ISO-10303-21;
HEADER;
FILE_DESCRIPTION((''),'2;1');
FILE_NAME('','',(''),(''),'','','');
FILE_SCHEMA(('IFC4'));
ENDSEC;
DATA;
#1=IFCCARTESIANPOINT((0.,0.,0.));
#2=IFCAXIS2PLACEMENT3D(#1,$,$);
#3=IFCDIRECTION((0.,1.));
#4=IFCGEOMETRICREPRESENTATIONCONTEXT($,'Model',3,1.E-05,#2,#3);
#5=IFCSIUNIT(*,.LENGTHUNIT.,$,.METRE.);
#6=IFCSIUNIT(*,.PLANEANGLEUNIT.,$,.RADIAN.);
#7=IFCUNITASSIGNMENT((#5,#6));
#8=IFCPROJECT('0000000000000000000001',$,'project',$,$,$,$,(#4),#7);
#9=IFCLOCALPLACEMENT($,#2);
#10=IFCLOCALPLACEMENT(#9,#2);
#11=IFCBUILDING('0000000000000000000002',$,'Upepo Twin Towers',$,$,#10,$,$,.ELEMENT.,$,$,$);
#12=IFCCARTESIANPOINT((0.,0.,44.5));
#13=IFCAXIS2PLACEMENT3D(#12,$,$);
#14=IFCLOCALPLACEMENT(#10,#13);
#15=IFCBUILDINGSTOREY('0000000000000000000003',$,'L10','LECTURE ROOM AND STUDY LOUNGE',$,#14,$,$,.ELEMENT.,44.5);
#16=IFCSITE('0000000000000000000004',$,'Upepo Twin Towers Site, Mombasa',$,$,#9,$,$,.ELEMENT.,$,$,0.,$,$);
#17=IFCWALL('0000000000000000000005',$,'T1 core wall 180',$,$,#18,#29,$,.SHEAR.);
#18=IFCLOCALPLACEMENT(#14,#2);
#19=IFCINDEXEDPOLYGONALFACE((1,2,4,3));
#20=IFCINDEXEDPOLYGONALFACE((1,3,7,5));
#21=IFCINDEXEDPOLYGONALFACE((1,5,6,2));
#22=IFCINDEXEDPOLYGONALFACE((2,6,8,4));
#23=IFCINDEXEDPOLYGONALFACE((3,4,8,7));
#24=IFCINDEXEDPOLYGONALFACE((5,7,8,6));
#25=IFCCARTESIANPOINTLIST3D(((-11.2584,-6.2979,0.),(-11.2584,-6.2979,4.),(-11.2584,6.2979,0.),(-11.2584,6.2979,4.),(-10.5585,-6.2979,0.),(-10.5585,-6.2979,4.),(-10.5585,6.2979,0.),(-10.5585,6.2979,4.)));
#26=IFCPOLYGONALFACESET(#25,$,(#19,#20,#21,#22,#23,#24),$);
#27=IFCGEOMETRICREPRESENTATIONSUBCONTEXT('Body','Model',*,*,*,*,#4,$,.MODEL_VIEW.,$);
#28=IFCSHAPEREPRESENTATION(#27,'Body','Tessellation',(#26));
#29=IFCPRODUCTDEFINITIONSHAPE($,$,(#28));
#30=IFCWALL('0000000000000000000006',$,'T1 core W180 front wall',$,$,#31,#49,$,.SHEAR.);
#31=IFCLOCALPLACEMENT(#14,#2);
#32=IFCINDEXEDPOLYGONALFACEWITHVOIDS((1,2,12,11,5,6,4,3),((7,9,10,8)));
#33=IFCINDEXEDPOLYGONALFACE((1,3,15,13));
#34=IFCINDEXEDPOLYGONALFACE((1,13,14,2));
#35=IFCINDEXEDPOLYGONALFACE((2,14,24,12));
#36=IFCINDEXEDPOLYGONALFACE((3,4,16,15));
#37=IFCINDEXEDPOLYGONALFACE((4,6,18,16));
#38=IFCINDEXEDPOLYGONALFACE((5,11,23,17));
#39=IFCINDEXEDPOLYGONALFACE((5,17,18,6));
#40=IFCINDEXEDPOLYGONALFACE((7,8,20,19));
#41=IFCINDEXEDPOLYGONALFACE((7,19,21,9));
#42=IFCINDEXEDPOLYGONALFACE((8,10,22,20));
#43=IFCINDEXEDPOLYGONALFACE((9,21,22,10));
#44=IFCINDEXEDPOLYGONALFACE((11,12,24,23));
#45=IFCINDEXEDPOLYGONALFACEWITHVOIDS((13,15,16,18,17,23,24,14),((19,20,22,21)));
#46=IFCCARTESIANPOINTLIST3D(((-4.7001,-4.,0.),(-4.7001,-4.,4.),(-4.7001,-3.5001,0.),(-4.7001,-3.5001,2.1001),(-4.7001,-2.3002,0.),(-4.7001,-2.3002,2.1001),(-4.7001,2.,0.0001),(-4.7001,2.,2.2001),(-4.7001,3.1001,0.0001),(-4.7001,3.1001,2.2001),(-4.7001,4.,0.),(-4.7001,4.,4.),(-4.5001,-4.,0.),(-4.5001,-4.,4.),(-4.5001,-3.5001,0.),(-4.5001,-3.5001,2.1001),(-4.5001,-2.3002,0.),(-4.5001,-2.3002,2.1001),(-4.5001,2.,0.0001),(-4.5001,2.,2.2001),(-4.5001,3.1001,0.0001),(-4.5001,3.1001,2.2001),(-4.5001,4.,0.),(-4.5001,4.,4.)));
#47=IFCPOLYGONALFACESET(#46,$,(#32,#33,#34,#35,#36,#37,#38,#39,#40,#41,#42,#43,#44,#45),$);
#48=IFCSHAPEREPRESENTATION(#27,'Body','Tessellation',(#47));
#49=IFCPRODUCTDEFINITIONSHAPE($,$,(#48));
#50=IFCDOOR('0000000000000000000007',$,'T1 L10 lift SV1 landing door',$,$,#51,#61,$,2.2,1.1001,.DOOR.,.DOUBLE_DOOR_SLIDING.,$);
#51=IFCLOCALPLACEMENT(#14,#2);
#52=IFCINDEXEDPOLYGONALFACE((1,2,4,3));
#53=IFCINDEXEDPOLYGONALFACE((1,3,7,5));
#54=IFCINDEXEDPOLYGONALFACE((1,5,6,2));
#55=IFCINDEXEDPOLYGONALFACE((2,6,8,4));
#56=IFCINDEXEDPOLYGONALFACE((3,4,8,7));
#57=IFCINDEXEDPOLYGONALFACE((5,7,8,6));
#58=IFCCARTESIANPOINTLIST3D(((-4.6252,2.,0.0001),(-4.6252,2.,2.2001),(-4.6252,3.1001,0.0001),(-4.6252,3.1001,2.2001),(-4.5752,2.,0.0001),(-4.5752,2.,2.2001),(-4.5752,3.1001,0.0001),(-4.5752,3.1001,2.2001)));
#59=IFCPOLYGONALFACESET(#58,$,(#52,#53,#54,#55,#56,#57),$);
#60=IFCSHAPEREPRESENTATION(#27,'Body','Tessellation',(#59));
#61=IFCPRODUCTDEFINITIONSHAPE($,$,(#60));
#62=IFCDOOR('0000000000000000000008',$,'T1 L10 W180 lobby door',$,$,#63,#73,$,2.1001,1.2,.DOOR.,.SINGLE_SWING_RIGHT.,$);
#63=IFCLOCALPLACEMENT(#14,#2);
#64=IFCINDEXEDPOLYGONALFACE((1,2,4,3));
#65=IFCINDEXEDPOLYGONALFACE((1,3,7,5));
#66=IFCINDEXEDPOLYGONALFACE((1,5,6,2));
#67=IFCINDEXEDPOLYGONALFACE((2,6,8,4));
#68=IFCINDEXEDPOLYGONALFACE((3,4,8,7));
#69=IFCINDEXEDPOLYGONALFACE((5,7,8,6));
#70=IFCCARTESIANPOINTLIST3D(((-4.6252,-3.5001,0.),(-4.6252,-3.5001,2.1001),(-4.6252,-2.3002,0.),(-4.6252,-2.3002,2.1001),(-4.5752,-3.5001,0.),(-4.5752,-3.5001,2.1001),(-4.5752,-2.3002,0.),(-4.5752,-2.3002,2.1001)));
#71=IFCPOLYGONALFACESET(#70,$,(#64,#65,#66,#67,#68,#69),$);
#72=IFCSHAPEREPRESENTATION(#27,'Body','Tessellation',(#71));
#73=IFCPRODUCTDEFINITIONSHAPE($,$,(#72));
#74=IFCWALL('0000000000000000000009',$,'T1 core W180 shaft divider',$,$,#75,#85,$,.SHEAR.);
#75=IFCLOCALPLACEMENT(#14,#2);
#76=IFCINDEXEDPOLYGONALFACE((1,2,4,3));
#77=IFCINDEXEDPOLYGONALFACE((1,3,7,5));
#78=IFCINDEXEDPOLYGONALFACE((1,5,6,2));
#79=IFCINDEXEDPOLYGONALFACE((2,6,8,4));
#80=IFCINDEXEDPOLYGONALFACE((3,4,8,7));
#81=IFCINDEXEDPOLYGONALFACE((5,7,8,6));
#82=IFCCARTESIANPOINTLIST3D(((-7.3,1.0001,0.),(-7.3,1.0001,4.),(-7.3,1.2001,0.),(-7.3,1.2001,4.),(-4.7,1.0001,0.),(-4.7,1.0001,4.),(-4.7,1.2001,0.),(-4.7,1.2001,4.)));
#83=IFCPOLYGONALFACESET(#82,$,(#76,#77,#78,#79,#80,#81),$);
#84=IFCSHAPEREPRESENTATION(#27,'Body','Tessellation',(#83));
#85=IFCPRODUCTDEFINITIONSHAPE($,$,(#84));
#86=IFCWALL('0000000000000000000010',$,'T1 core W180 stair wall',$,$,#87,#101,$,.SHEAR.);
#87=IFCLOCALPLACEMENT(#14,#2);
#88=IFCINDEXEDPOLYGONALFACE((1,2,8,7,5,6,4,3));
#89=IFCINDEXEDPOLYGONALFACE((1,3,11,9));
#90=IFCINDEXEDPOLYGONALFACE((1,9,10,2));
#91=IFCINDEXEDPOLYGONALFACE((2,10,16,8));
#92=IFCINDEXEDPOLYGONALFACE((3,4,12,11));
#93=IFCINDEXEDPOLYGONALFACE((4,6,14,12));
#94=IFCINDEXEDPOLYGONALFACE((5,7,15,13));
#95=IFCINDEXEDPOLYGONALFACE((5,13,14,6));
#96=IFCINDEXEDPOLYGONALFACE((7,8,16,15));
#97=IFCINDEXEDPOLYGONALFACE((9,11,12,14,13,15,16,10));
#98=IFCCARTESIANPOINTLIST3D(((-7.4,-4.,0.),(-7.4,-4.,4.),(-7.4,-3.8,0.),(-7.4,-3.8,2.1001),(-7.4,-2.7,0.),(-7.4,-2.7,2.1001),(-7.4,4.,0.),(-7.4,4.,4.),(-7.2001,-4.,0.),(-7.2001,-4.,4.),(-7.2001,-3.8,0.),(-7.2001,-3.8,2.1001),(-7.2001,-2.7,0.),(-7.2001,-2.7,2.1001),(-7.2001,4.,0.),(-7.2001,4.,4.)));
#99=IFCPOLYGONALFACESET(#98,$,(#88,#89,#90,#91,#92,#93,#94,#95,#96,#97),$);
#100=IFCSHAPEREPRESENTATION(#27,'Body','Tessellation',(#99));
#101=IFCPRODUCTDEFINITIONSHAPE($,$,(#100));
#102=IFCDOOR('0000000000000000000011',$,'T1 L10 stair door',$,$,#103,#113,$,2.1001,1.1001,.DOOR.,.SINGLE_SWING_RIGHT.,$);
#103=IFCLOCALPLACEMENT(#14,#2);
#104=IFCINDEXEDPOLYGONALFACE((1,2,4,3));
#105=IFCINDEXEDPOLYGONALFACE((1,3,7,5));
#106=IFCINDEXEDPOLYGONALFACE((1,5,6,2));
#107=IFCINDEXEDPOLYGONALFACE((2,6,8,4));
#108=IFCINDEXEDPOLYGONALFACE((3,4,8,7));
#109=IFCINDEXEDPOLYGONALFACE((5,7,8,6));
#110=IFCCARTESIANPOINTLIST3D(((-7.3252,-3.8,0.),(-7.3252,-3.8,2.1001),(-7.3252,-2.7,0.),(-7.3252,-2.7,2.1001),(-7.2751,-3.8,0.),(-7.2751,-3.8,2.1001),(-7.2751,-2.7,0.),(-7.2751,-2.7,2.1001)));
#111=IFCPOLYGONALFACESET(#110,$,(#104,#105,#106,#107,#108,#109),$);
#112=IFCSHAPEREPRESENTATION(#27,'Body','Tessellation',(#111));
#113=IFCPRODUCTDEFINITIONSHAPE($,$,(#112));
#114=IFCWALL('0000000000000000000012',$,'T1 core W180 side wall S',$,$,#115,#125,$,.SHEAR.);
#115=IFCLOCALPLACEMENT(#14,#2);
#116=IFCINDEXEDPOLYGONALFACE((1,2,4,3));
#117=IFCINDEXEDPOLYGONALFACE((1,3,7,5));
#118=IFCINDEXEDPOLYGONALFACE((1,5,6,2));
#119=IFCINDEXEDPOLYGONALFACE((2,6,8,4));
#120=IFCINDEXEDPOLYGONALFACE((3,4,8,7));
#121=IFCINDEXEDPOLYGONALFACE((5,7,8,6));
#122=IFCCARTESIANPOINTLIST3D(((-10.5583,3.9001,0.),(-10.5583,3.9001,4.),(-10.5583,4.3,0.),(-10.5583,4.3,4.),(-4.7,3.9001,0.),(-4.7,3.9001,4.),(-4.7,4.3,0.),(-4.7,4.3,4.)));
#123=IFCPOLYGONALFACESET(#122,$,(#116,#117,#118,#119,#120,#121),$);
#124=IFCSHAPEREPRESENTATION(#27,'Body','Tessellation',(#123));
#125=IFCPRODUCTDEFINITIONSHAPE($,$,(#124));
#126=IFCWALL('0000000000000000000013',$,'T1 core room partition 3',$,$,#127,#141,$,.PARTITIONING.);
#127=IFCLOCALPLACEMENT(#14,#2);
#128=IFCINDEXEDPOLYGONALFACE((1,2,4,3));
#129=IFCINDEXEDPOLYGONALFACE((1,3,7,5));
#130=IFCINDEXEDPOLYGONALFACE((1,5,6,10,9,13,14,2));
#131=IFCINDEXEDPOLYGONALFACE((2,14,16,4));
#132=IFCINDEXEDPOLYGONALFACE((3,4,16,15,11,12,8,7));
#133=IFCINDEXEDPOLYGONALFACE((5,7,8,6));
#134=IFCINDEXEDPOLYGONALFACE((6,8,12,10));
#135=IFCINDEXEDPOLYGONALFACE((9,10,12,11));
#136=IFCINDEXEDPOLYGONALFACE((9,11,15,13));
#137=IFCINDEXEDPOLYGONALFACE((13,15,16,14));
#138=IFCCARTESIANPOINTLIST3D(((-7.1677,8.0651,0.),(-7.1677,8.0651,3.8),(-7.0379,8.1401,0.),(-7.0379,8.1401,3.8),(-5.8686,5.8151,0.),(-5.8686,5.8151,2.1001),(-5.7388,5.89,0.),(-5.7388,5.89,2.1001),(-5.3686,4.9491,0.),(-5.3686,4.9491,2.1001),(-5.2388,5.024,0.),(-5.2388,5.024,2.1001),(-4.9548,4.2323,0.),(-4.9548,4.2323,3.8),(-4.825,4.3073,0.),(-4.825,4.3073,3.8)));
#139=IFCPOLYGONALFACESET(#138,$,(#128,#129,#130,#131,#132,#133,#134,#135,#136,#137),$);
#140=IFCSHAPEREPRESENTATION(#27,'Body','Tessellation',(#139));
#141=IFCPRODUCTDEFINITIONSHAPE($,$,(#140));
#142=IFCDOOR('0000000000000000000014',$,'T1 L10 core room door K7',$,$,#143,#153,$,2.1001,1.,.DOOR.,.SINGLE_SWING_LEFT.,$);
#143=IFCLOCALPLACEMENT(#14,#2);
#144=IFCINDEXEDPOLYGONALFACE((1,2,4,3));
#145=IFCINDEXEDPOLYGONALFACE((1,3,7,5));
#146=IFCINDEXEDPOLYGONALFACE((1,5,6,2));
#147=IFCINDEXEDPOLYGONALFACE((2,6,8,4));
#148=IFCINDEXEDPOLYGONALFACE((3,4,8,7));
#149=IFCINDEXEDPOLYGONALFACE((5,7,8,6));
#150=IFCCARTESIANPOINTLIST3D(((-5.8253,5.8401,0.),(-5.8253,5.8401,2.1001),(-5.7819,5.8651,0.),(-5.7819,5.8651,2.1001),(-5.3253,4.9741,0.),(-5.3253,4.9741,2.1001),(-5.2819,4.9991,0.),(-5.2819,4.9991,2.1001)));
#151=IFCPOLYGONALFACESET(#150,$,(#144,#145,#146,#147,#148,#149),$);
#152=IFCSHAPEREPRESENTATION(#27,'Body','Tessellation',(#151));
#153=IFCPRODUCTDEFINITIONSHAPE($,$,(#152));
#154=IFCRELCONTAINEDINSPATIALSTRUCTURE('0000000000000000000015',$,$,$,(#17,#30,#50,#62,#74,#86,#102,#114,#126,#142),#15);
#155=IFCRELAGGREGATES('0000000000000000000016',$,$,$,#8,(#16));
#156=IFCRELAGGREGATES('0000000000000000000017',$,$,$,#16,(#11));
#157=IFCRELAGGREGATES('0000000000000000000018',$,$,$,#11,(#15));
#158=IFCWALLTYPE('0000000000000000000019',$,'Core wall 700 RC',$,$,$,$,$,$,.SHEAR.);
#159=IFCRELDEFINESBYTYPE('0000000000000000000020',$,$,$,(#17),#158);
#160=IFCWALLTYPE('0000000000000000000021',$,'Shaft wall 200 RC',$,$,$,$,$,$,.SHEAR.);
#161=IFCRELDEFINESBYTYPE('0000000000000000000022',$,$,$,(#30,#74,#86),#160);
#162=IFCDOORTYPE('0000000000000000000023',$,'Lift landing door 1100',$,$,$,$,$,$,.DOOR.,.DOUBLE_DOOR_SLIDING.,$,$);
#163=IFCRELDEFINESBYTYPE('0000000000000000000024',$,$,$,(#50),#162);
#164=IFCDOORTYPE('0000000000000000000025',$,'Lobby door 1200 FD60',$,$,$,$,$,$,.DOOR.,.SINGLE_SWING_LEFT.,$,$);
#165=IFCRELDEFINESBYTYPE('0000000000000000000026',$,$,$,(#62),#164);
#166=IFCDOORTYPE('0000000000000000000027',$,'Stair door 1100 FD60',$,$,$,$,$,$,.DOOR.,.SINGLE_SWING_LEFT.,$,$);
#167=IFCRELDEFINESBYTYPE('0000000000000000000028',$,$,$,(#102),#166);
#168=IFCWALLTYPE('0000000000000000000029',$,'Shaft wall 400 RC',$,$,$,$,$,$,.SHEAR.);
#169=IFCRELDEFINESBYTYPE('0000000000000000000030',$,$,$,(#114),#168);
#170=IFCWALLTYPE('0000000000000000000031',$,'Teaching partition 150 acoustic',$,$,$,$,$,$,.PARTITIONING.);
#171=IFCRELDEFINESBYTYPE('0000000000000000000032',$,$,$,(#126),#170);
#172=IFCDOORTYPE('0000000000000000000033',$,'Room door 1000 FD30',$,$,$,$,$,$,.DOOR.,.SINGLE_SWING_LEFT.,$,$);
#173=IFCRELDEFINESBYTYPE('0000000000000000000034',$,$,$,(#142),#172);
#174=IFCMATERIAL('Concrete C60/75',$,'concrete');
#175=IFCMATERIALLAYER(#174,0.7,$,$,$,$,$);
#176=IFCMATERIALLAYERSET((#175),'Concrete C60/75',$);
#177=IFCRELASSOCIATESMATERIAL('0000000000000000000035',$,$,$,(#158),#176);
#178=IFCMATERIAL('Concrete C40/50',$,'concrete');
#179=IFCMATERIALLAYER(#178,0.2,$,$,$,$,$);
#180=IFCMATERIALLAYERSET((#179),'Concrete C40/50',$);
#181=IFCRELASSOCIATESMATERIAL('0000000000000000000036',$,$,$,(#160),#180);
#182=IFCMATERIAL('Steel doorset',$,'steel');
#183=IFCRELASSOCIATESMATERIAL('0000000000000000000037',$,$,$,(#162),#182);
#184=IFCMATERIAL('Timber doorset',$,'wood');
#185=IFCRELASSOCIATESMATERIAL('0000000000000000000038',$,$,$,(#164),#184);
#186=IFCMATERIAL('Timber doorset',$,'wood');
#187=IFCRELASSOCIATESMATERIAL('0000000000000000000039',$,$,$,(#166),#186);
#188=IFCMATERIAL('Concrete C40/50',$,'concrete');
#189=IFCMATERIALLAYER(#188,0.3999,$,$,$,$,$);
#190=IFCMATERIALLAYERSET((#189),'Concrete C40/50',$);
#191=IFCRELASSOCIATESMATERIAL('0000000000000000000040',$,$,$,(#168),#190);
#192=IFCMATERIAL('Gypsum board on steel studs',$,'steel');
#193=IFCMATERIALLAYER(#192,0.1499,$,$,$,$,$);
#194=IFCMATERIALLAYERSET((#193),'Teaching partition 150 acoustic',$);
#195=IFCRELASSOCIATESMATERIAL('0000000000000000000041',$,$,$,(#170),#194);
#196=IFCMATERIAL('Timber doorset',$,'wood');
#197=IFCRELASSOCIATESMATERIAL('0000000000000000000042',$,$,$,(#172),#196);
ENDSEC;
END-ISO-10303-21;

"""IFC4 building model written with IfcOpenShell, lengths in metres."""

from ifc_helpers import new_model, si_unit, direction, frame, frame_2d, origin, place, context, subcontext, project, spatial, rectangle, extrude, material, layer, layer_set, type_object, element, fill, save


model = new_model("IFC4")

# Units and contexts
model_context = context("Model", 3, precision=1e-05, world=origin(), true_north=direction((0.0, 1.0)))
body_context = subcontext(model_context, "Body", "Model", "MODEL_VIEW")
ifc_project = project(units=[si_unit("LENGTHUNIT", "METRE"), si_unit("PLANEANGLEUNIT", "RADIAN")], contexts=[model_context])

# Site, building, storey
site_placement = place(None, origin())
site = spatial("IfcSite", under=ifc_project, at=site_placement, Name="Upepo Twin Towers Site, Mombasa", CompositionType="ELEMENT", RefElevation=0.0)
building_placement = place(site_placement, origin())
building = spatial("IfcBuilding", under=site, at=building_placement, Name="Upepo Twin Towers", CompositionType="ELEMENT")
storey_placement = place(building_placement, frame((0.0, 0.0, 44.5)))
storey = spatial("IfcBuildingStorey", under=building, at=storey_placement, Name="L10", Description="LECTURE ROOM AND STUDY LOUNGE", CompositionType="ELEMENT", Elevation=44.5)

# Wall
ifc_material_1 = material(Name="Concrete C60/75", Category="concrete")
ifc_layer_1 = layer(ifc_material_1, 0.7)
ifc_layer_set_1 = layer_set([ifc_layer_1], Name="Concrete C60/75")
wall_type_1 = type_object("IfcWallType", Name="Core wall 700 RC", PredefinedType="SHEAR", material=ifc_layer_set_1)
wall_1_placement = place(storey_placement, frame((-10.9084, 6.2979, 0.0), z_axis=(0.0, 0.0, 1.0), x_axis=(0.0, -1.0, 0.0)))
element("IfcWall", 1, at=wall_1_placement, inside=storey, type_object=wall_type_1, Name="T1 core wall 180", PredefinedType="SHEAR", context=body_context, shape_type="SweptSolid", body=[
    extrude(rectangle(XDim=12.5957, YDim=0.7, at=frame_2d((6.2979, 0.0))), origin(), (0.0, 0.0, 1.0), 4.0),
])

# Wall, openings, doors
ifc_material_2 = material(Name="Concrete C40/50", Category="concrete")
ifc_layer_2 = layer(ifc_material_2, 0.2)
ifc_layer_set_2 = layer_set([ifc_layer_2], Name="Concrete C40/50")
wall_type_2 = type_object("IfcWallType", Name="Shaft wall 200 RC", PredefinedType="SHEAR", material=ifc_layer_set_2)
wall_2_placement = place(storey_placement, frame((-4.6001, 4.0, 0.0), z_axis=(0.0, 0.0, 1.0), x_axis=(0.0, -1.0, 0.0)))
wall_2 = element("IfcWall", 2, at=wall_2_placement, inside=storey, type_object=wall_type_2, Name="T1 core W180 front wall", PredefinedType="SHEAR", context=body_context, shape_type="SweptSolid", body=[
    extrude(rectangle(XDim=8.0, YDim=0.2, at=frame_2d((4.0, 0.0))), origin(), (0.0, 0.0, 1.0), 4.0),
])
opening_1_placement = place(wall_2_placement, frame((6.3, 0.0, 0.0)))
opening_1 = element("IfcOpeningElement", 3, at=opening_1_placement, cuts=wall_2, PredefinedType="OPENING", context=body_context, shape_type="SweptSolid", body=[
    extrude(rectangle(XDim=1.2, YDim=2.1001, at=frame_2d((0.6001, 1.05))), frame((0.0, 0.1099, 0.0), z_axis=(0.0, -1.0, 0.0), x_axis=(1.0, 0.0, 0.0)), (0.0, 0.0, 1.0), 0.22),
])
opening_2_placement = place(wall_2_placement, frame((0.8999, 0.0, 0.0)))
opening_2 = element("IfcOpeningElement", 4, at=opening_2_placement, cuts=wall_2, PredefinedType="OPENING", context=body_context, shape_type="SweptSolid", body=[
    extrude(rectangle(XDim=1.1001, YDim=2.2, at=frame_2d((0.55, 1.1001))), frame((0.0, 0.1099, 0.0), z_axis=(0.0, -1.0, 0.0), x_axis=(1.0, 0.0, 0.0)), (0.0, 0.0, 1.0), 0.22),
])
ifc_material_3 = material(Name="Steel doorset", Category="steel")
door_type_1 = type_object("IfcDoorType", Name="Lift landing door 1100", OperationType="DOUBLE_DOOR_SLIDING", PredefinedType="DOOR", material=ifc_material_3)
door_1_placement = place(opening_2_placement, origin())
door_1 = element("IfcDoor", 5, at=door_1_placement, inside=storey, type_object=door_type_1, Name="T1 L10 lift SV1 landing door", OperationType="DOUBLE_DOOR_SLIDING", OverallHeight=2.2, OverallWidth=1.1001, PredefinedType="DOOR", context=body_context, shape_type="SweptSolid", body=[
    extrude(rectangle(XDim=1.1001, YDim=2.2, at=frame_2d((0.55, 1.1001))), frame((0.0, 0.0249, 0.0), z_axis=(0.0, -1.0, 0.0), x_axis=(1.0, 0.0, 0.0)), (0.0, 0.0, 1.0), 0.05),
])
fill(opening_2, door_1)
ifc_material_4 = material(Name="Timber doorset", Category="wood")
door_type_2 = type_object("IfcDoorType", Name="Lobby door 1200 FD60", OperationType="SINGLE_SWING_LEFT", PredefinedType="DOOR", material=ifc_material_4)
door_2_placement = place(opening_1_placement, origin())
door_2 = element("IfcDoor", 6, at=door_2_placement, inside=storey, type_object=door_type_2, Name="T1 L10 W180 lobby door", OperationType="SINGLE_SWING_RIGHT", OverallHeight=2.1001, OverallWidth=1.2, PredefinedType="DOOR", context=body_context, shape_type="SweptSolid", body=[
    extrude(rectangle(XDim=1.2, YDim=2.1001, at=frame_2d((0.6001, 1.05))), frame((0.0, 0.0249, 0.0), z_axis=(0.0, -1.0, 0.0), x_axis=(1.0, 0.0, 0.0)), (0.0, 0.0, 1.0), 0.05),
])
fill(opening_1, door_2)

# Wall
wall_3_placement = place(storey_placement, frame((-4.7, 1.1001, 0.0), z_axis=(0.0, 0.0, 1.0), x_axis=(-1.0, 0.0, 0.0)))
element("IfcWall", 7, at=wall_3_placement, inside=storey, type_object=wall_type_2, Name="T1 core W180 shaft divider", PredefinedType="SHEAR", context=body_context, shape_type="SweptSolid", body=[
    extrude(rectangle(XDim=2.6001, YDim=0.2, at=frame_2d((1.3, 0.0))), origin(), (0.0, 0.0, 1.0), 4.0),
])

# Wall, opening, door
wall_4_placement = place(storey_placement, frame((-7.3, 4.0, 0.0), z_axis=(0.0, 0.0, 1.0), x_axis=(0.0, -1.0, 0.0)))
wall_4 = element("IfcWall", 8, at=wall_4_placement, inside=storey, type_object=wall_type_2, Name="T1 core W180 stair wall", PredefinedType="SHEAR", context=body_context, shape_type="SweptSolid", body=[
    extrude(rectangle(XDim=8.0, YDim=0.2, at=frame_2d((4.0, 0.0))), origin(), (0.0, 0.0, 1.0), 4.0),
])
opening_3_placement = place(wall_4_placement, frame((6.7, 0.0, 0.0)))
opening_3 = element("IfcOpeningElement", 9, at=opening_3_placement, cuts=wall_4, PredefinedType="OPENING", context=body_context, shape_type="SweptSolid", body=[
    extrude(rectangle(XDim=1.1001, YDim=2.1001, at=frame_2d((0.55, 1.05))), frame((0.0, 0.1099, 0.0), z_axis=(0.0, -1.0, 0.0), x_axis=(1.0, 0.0, 0.0)), (0.0, 0.0, 1.0), 0.22),
])
ifc_material_5 = material(Name="Timber doorset", Category="wood")
door_type_3 = type_object("IfcDoorType", Name="Stair door 1100 FD60", OperationType="SINGLE_SWING_LEFT", PredefinedType="DOOR", material=ifc_material_5)
door_3_placement = place(opening_3_placement, origin())
door_3 = element("IfcDoor", 10, at=door_3_placement, inside=storey, type_object=door_type_3, Name="T1 L10 stair door", OperationType="SINGLE_SWING_RIGHT", OverallHeight=2.1001, OverallWidth=1.1001, PredefinedType="DOOR", context=body_context, shape_type="SweptSolid", body=[
    extrude(rectangle(XDim=1.1001, YDim=2.1001, at=frame_2d((0.55, 1.05))), frame((0.0, 0.0249, 0.0), z_axis=(0.0, -1.0, 0.0), x_axis=(1.0, 0.0, 0.0)), (0.0, 0.0, 1.0), 0.05),
])
fill(opening_3, door_3)

# Wall
ifc_material_6 = material(Name="Concrete C40/50", Category="concrete")
ifc_layer_3 = layer(ifc_material_6, 0.3999)
ifc_layer_set_3 = layer_set([ifc_layer_3], Name="Concrete C40/50")
wall_type_3 = type_object("IfcWallType", Name="Shaft wall 400 RC", PredefinedType="SHEAR", material=ifc_layer_set_3)
wall_5_placement = place(storey_placement, frame((-4.7, 4.1001, 0.0), z_axis=(0.0, 0.0, 1.0), x_axis=(-1.0, 0.0, 0.0)))
element("IfcWall", 11, at=wall_5_placement, inside=storey, type_object=wall_type_3, Name="T1 core W180 side wall S", PredefinedType="SHEAR", context=body_context, shape_type="SweptSolid", body=[
    extrude(rectangle(XDim=5.8584, YDim=0.3999, at=frame_2d((2.9292, 0.0))), origin(), (0.0, 0.0, 1.0), 4.0),
])

# Wall, opening, door
ifc_material_7 = material(Name="Gypsum board on steel studs", Category="steel")
ifc_layer_4 = layer(ifc_material_7, 0.1499)
ifc_layer_set_4 = layer_set([ifc_layer_4], Name="Teaching partition 150 acoustic")
wall_type_4 = type_object("IfcWallType", Name="Teaching partition 150 acoustic", PredefinedType="PARTITIONING", material=ifc_layer_set_4)
wall_6_placement = place(storey_placement, frame((-4.8899, 4.2698, 0.0), z_axis=(0.0, 0.0, 1.0), x_axis=(-0.500007, 0.866021, 0.0)))
wall_6 = element("IfcWall", 12, at=wall_6_placement, inside=storey, type_object=wall_type_4, Name="T1 core room partition 3", PredefinedType="PARTITIONING", context=body_context, shape_type="SweptSolid", body=[
    extrude(rectangle(XDim=4.4258, YDim=0.1499, at=frame_2d((2.2129, 0.0))), origin(), (0.0, 0.0, 1.0), 3.8),
])
opening_4_placement = place(wall_6_placement, frame((0.8276, 0.0, 0.0)))
opening_4 = element("IfcOpeningElement", 13, at=opening_4_placement, cuts=wall_6, PredefinedType="OPENING", context=body_context, shape_type="SweptSolid", body=[
    extrude(rectangle(XDim=1.0, YDim=2.1001, at=frame_2d((0.5, 1.05))), frame((0.0, 0.085, 0.0), z_axis=(0.0, -1.0, 0.0), x_axis=(1.0, 0.0, 0.0)), (0.0, 0.0, 1.0), 0.1699),
])
ifc_material_8 = material(Name="Timber doorset", Category="wood")
door_type_4 = type_object("IfcDoorType", Name="Room door 1000 FD30", OperationType="SINGLE_SWING_LEFT", PredefinedType="DOOR", material=ifc_material_8)
door_4_placement = place(opening_4_placement, origin())
door_4 = element("IfcDoor", 14, at=door_4_placement, inside=storey, type_object=door_type_4, Name="T1 L10 core room door K7", OperationType="SINGLE_SWING_LEFT", OverallHeight=2.1001, OverallWidth=1.0, PredefinedType="DOOR", context=body_context, shape_type="SweptSolid", body=[
    extrude(rectangle(XDim=1.0, YDim=2.1001, at=frame_2d((0.5, 1.05))), frame((0.0, 0.0249, 0.0), z_axis=(0.0, -1.0, 0.0), x_axis=(1.0, 0.0, 0.0)), (0.0, 0.0, 1.0), 0.05),
])
fill(opening_4, door_4)

save(model, "model.ifc")
